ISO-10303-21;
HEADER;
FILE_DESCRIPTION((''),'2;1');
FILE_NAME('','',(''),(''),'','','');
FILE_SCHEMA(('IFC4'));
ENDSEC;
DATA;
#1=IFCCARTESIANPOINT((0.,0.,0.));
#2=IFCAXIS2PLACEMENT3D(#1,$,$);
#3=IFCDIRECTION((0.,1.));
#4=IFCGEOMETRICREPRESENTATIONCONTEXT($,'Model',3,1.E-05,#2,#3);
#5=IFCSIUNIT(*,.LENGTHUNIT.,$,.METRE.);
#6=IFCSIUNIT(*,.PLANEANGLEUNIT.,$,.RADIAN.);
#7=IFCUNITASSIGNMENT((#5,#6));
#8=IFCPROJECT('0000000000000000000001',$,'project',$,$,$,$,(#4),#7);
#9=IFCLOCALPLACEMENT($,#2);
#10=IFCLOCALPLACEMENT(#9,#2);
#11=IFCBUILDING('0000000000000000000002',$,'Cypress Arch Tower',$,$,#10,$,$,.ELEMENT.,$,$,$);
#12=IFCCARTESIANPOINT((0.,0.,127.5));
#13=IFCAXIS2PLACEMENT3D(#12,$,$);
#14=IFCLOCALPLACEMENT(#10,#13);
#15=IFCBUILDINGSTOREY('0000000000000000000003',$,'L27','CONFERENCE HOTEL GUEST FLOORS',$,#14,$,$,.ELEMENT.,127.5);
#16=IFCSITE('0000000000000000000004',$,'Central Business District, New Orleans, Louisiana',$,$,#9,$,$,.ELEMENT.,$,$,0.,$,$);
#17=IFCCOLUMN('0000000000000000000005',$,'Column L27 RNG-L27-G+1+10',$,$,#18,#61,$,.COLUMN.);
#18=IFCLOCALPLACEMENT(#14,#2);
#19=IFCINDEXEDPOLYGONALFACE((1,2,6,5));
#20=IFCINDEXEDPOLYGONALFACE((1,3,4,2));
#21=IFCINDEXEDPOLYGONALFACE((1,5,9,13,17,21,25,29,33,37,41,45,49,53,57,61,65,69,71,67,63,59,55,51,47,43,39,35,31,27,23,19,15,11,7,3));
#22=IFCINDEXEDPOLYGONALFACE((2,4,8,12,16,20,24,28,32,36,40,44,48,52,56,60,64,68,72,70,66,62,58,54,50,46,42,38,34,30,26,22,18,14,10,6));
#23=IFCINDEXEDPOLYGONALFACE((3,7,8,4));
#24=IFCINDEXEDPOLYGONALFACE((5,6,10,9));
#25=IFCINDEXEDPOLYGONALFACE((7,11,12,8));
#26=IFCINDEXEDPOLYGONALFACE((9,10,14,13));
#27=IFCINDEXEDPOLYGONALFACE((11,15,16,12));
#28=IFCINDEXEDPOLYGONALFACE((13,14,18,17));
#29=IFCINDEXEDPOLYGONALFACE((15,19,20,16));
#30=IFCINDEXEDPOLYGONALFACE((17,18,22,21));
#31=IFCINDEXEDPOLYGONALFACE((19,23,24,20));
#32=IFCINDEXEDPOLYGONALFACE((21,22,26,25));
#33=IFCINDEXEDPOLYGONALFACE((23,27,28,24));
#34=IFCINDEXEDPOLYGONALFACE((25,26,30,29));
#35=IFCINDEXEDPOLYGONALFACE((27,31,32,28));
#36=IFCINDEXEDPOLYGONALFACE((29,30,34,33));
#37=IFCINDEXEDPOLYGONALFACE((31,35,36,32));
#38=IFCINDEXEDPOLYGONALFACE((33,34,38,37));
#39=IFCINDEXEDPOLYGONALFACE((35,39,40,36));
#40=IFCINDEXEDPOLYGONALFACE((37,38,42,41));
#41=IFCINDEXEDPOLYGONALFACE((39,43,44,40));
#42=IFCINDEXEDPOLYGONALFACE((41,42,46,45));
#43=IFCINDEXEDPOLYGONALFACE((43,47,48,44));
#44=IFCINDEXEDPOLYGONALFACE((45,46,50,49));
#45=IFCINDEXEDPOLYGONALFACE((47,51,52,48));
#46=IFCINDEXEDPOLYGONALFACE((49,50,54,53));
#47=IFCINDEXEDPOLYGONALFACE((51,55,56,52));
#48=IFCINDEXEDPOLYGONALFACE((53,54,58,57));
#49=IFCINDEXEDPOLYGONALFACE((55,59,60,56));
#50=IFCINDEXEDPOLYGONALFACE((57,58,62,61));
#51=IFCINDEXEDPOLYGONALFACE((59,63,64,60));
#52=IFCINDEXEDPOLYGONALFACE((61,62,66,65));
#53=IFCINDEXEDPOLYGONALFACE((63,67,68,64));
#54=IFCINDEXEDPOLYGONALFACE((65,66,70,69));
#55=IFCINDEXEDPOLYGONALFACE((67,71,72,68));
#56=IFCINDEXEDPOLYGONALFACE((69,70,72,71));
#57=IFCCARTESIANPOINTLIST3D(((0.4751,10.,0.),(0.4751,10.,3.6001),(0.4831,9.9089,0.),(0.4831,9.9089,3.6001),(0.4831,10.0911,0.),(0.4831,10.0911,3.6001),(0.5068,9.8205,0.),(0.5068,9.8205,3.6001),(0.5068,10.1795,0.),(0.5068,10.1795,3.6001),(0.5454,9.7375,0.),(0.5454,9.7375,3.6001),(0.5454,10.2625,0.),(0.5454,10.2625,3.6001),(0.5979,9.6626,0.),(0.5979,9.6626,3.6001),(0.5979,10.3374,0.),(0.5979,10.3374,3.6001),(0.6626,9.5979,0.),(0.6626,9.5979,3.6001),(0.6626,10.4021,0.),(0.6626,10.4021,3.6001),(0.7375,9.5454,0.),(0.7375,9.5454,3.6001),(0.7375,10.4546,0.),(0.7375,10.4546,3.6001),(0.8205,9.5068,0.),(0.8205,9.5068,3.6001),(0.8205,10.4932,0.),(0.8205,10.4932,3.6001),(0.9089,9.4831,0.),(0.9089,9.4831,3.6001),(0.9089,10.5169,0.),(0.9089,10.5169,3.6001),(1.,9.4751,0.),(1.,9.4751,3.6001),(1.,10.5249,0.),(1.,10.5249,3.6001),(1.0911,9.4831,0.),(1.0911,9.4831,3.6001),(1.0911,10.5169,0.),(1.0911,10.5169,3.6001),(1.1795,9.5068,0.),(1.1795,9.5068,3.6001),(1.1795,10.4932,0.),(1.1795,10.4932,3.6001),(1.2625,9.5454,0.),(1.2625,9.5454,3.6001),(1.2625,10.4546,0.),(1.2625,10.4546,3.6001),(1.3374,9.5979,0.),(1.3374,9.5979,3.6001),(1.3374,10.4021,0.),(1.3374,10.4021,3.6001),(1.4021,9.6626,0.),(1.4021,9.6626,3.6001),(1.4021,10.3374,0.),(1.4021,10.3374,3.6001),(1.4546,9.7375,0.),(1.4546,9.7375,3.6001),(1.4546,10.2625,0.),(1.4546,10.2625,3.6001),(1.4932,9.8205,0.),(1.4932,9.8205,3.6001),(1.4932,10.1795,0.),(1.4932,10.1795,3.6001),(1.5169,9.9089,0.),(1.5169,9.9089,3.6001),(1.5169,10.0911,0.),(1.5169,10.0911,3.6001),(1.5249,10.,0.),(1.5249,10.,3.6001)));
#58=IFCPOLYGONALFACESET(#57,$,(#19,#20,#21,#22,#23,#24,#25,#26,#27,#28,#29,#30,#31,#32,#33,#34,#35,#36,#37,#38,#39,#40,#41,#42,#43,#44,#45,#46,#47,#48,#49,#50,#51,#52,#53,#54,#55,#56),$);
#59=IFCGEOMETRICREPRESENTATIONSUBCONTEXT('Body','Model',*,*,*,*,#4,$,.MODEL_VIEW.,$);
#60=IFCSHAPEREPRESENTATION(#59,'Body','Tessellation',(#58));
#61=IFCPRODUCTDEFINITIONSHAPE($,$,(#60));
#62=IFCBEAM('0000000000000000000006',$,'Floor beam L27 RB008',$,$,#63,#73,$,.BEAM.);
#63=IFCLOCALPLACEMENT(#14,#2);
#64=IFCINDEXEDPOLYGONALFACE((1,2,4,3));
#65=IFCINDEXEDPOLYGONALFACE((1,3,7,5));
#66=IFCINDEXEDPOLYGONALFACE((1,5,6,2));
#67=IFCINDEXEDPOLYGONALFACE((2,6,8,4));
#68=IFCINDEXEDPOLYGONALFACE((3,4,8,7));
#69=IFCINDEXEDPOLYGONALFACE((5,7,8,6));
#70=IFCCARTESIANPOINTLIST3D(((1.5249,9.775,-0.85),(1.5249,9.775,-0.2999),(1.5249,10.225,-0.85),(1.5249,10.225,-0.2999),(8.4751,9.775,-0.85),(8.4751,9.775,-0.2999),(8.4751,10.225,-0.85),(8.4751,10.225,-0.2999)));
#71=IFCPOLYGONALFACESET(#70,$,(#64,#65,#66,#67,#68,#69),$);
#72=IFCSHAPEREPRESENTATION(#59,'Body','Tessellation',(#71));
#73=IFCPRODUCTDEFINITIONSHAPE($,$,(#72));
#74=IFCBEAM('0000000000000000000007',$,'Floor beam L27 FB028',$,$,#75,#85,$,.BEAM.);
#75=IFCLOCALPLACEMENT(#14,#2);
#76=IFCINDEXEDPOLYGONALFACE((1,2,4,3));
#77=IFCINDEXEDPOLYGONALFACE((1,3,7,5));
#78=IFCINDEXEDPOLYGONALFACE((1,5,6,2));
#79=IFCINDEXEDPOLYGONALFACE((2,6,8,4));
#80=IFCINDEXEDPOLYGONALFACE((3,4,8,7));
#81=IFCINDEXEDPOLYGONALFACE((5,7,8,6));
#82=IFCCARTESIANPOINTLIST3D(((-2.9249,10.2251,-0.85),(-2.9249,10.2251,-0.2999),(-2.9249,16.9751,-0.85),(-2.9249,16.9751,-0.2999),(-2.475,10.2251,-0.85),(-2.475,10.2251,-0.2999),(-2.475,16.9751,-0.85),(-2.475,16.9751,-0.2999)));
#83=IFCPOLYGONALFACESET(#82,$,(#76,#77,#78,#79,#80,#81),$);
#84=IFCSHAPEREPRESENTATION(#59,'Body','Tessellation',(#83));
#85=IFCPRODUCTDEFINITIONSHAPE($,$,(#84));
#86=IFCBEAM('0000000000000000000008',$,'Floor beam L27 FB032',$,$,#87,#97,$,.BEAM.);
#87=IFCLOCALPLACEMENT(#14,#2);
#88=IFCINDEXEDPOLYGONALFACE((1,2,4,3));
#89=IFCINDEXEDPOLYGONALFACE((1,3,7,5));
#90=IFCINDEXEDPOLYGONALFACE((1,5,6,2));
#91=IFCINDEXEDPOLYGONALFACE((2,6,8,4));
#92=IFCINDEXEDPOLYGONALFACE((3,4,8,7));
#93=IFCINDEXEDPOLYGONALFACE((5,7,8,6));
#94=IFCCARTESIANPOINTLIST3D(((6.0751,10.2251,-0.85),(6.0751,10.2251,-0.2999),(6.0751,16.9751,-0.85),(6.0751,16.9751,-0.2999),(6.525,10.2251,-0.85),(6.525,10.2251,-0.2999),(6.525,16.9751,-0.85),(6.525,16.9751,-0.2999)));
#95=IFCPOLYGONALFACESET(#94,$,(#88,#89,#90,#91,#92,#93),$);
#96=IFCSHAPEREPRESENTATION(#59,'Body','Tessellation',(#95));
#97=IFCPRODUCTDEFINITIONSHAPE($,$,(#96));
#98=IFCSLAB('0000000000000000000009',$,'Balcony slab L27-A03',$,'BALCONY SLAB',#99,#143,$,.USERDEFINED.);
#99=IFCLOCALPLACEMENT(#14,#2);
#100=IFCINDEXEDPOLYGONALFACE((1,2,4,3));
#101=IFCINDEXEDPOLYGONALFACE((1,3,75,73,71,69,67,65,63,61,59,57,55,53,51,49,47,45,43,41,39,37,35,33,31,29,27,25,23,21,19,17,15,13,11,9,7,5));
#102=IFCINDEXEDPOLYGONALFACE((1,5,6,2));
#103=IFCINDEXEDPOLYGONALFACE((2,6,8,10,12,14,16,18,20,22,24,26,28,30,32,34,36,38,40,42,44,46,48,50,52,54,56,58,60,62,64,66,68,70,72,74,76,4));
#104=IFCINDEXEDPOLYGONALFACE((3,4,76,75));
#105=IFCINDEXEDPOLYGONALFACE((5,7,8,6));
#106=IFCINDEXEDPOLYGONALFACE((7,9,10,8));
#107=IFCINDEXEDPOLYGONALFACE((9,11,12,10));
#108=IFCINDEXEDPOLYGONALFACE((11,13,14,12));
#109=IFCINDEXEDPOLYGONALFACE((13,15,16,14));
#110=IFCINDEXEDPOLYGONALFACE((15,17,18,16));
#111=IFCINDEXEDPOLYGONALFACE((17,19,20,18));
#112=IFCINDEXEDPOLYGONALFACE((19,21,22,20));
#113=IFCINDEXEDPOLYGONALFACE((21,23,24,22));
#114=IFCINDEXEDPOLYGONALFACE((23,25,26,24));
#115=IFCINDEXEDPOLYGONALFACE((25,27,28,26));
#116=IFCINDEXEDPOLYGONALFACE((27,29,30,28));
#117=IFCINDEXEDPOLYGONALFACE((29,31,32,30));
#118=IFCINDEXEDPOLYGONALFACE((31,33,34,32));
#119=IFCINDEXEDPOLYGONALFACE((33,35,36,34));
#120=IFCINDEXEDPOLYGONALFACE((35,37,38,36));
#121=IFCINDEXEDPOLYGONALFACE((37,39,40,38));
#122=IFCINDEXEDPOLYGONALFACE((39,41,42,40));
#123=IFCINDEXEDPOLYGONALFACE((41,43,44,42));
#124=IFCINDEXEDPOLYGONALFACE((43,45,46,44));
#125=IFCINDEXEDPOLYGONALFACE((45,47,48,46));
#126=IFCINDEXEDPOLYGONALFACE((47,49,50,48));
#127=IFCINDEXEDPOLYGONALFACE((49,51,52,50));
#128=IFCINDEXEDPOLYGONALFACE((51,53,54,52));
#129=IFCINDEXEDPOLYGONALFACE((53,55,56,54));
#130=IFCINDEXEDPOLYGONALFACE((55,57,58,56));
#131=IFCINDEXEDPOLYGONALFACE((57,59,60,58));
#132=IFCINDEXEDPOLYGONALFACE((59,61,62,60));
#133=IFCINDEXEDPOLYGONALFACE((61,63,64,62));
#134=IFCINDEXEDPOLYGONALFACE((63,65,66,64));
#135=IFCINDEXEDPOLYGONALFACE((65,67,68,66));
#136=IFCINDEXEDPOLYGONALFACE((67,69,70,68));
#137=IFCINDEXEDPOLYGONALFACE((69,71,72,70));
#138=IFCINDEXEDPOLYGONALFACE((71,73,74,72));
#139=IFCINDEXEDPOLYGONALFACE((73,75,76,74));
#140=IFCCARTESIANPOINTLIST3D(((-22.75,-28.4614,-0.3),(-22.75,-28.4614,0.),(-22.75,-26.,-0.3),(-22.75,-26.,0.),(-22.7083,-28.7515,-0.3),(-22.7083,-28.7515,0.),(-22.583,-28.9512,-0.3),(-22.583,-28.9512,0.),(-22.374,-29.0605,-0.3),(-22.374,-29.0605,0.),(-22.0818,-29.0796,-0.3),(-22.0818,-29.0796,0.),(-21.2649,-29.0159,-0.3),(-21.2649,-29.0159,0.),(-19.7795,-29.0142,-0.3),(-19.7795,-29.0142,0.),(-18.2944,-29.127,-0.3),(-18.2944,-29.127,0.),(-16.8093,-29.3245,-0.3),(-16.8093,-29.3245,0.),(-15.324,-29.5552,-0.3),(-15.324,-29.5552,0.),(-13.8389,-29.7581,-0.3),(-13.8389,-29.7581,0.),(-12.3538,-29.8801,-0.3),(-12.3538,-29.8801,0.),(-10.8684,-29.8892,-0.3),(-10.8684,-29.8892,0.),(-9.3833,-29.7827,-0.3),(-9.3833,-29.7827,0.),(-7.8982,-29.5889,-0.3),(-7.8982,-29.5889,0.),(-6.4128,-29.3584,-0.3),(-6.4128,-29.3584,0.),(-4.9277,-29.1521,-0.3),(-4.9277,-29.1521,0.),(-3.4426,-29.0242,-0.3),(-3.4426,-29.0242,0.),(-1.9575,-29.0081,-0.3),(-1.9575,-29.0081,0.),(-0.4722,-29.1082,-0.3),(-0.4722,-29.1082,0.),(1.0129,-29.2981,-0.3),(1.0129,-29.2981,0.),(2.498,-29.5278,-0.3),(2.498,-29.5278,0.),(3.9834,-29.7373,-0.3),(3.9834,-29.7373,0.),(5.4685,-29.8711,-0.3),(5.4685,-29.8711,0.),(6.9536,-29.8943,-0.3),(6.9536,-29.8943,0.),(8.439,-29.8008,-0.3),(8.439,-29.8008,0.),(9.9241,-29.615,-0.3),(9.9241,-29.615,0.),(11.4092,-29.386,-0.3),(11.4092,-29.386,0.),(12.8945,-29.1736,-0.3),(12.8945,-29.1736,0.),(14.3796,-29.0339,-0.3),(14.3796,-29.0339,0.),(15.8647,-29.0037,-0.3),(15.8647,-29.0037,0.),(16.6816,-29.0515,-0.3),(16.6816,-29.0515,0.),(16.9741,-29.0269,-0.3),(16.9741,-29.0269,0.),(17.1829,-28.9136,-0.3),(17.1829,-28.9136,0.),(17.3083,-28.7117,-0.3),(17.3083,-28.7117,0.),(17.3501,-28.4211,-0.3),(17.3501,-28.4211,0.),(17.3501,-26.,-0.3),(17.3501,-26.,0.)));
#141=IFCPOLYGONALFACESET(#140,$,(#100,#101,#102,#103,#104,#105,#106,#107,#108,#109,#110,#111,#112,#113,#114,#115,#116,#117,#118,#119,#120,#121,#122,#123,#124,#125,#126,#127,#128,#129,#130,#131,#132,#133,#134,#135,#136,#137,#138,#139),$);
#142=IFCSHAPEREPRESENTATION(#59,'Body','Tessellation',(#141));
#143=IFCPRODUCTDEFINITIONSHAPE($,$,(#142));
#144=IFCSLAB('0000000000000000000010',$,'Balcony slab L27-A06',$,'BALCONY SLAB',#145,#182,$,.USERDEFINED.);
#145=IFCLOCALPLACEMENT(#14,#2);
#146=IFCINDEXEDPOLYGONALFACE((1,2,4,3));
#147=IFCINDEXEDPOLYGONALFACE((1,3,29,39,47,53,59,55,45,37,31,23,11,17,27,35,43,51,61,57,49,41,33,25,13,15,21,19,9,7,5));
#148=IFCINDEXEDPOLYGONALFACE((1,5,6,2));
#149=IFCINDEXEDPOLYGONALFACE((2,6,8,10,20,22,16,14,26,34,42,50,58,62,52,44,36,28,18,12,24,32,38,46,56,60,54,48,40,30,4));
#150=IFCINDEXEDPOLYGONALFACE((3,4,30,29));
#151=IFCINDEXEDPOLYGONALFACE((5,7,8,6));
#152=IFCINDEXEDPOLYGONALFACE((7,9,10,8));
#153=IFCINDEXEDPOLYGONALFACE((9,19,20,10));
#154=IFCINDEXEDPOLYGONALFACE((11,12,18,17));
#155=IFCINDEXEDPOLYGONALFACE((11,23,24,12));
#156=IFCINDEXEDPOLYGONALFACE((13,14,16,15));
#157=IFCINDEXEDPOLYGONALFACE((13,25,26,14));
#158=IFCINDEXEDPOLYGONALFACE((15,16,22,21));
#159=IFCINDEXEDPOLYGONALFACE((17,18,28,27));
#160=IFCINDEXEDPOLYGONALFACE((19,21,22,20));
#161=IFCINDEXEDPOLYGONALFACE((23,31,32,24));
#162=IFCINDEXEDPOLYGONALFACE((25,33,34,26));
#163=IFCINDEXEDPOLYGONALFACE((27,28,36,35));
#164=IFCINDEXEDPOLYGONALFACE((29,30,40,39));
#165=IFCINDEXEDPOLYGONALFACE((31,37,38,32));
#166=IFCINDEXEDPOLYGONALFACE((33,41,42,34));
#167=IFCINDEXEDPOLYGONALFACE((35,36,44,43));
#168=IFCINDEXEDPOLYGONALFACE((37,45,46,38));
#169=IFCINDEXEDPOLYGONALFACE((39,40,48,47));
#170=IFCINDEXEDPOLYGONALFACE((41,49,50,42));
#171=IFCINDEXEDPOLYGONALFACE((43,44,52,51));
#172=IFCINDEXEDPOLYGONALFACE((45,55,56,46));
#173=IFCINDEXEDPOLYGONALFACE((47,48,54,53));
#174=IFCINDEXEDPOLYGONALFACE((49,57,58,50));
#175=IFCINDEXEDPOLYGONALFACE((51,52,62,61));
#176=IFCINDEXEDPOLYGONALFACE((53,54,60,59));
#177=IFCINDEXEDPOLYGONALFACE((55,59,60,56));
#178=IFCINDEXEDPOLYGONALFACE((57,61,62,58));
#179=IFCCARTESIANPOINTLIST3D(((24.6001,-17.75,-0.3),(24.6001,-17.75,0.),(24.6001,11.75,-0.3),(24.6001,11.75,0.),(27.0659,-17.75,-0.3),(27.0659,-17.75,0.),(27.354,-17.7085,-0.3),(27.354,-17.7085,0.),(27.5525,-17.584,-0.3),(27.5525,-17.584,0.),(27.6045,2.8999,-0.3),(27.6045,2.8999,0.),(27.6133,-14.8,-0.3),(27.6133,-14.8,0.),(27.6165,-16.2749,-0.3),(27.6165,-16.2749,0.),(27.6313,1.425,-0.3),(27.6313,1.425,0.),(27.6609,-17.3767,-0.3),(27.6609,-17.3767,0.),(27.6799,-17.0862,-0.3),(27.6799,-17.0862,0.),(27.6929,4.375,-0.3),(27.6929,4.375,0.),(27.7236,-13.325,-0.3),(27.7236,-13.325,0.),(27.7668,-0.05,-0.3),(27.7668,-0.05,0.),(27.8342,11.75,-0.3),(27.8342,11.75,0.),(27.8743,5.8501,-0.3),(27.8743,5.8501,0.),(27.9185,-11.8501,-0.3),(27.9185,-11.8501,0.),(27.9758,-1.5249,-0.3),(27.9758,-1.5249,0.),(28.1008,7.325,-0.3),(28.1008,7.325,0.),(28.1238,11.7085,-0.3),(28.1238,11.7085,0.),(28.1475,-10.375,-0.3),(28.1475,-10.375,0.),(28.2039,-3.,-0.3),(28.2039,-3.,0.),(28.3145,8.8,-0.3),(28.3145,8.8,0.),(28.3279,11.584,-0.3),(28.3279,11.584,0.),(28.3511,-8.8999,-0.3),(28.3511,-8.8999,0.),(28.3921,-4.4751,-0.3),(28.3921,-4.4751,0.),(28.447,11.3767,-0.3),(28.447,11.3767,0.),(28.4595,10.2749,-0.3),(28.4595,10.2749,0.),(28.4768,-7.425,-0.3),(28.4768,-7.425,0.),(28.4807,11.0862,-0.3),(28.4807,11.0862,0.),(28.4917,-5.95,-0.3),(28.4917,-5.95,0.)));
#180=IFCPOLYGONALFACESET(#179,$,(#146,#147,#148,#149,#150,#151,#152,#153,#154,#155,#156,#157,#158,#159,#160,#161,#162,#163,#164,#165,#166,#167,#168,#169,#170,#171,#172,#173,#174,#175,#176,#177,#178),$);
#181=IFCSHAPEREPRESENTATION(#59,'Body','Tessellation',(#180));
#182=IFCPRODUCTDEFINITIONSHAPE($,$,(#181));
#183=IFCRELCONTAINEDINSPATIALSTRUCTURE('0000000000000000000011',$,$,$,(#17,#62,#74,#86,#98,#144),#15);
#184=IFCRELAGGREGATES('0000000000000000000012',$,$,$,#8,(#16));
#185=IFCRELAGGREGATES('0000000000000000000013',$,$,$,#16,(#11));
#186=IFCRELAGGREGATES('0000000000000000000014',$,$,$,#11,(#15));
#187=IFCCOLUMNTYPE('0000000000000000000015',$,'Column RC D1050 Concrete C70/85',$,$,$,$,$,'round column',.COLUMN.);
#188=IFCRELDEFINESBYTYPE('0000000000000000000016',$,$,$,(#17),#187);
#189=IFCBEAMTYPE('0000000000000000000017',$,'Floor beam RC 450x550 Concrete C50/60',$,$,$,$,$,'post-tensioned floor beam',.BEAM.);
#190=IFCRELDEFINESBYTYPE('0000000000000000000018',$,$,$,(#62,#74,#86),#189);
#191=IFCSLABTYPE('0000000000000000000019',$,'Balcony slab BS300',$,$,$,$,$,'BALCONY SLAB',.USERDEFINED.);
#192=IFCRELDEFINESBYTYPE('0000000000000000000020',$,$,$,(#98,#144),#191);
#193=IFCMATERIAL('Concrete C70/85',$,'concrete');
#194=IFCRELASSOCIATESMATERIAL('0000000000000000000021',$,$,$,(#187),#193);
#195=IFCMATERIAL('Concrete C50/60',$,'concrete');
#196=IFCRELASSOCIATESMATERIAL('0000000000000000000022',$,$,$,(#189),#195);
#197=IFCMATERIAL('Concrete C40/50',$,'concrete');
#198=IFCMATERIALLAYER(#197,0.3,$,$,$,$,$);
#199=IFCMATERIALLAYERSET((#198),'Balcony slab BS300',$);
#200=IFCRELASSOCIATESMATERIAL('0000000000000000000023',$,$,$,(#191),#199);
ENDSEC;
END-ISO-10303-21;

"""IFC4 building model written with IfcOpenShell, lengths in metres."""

from ifc_helpers import new_model, si_unit, direction, frame, origin, origin_2d, place, context, subcontext, project, spatial, polyline, rectangle, circle, outline, extrude, material, layer, layer_set, material_profile, profile_set, type_object, element, save


model = new_model("IFC4")

# Units and contexts
model_context = context("Model", 3, precision=1e-05, world=origin(), true_north=direction((0.0, 1.0)))
body_context = subcontext(model_context, "Body", "Model", "MODEL_VIEW")
ifc_project = project(units=[si_unit("LENGTHUNIT", "METRE"), si_unit("PLANEANGLEUNIT", "RADIAN")], contexts=[model_context])

# Site, building, storey
site_placement = place(None, origin())
site = spatial("IfcSite", under=ifc_project, at=site_placement, Name="Central Business District, New Orleans, Louisiana", CompositionType="ELEMENT", RefElevation=0.0)
building_placement = place(site_placement, origin())
building = spatial("IfcBuilding", under=site, at=building_placement, Name="Cypress Arch Tower", CompositionType="ELEMENT")
storey_placement = place(building_placement, frame((0.0, 0.0, 127.5)))
storey = spatial("IfcBuildingStorey", under=building, at=storey_placement, Name="L27", Description="CONFERENCE HOTEL GUEST FLOORS", CompositionType="ELEMENT", Elevation=127.5)

# Column
ifc_material_1 = material(Name="Concrete C70/85", Category="concrete")
ifc_material_profile_1 = material_profile(ifc_material_1, circle(Radius=0.5249, at=origin_2d()), Name="RC D1050")
ifc_profile_set_1 = profile_set([ifc_material_profile_1], Name="Concrete C70/85")
column_type = type_object("IfcColumnType", Name="Column RC D1050 Concrete C70/85", ElementType="round column", PredefinedType="COLUMN", material=ifc_profile_set_1)
column_placement = place(storey_placement, frame((1.0, 10.0, 0.0), z_axis=(0.0, 0.0, 1.0), x_axis=(1.0, 0.0, 0.0)))
element("IfcColumn", 1, at=column_placement, inside=storey, type_object=column_type, Name="Column L27 RNG-L27-G+1+10", PredefinedType="COLUMN", context=body_context, shape_type="SweptSolid", body=[
    extrude(circle(Radius=0.5249, at=origin_2d()), origin(), (0.0, 0.0, 1.0), 3.6001),
])

# Beams
ifc_material_2 = material(Name="Concrete C50/60", Category="concrete")
ifc_material_profile_2 = material_profile(ifc_material_2, rectangle(XDim=0.45, YDim=0.55, at=origin_2d()), Name="RC 450x550")
ifc_profile_set_2 = profile_set([ifc_material_profile_2], Name="Concrete C50/60")
beam_type = type_object("IfcBeamType", Name="Floor beam RC 450x550 Concrete C50/60", ElementType="post-tensioned floor beam", PredefinedType="BEAM", material=ifc_profile_set_2)
beam_placement = place(storey_placement, frame((1.5249, 10.0, -0.575), z_axis=(1.0, 0.0, 0.0), x_axis=(0.0, 1.0, 0.0)))
element("IfcBeam", 2, at=beam_placement, inside=storey, type_object=beam_type, Name="Floor beam L27 RB008", PredefinedType="BEAM", context=body_context, shape_type="SweptSolid", body=[
    extrude(rectangle(XDim=0.45, YDim=0.55, at=origin_2d()), origin(), (0.0, 0.0, 1.0), 6.9502),
])
for number, where, z_axis, x_axis, name in (
    (3, (-2.7, 10.2251, -0.575), (0.0, 1.0, 0.0), (-1.0, 0.0, 0.0), "Floor beam L27 FB028"),
    (4, (6.3, 10.2251, -0.575), (0.0, 1.0, 0.0), (-1.0, 0.0, 0.0), "Floor beam L27 FB032"),
):
    element("IfcBeam", number, at=place(storey_placement, frame(where, z_axis=z_axis, x_axis=x_axis)), inside=storey, type_object=beam_type, Name=name, PredefinedType="BEAM", context=body_context, shape_type="SweptSolid", body=[
        extrude(rectangle(XDim=0.45, YDim=0.55, at=origin_2d()), origin(), (0.0, 0.0, 1.0), 6.75),
    ])

# Slabs
ifc_material_3 = material(Name="Concrete C40/50", Category="concrete")
ifc_layer_1 = layer(ifc_material_3, 0.3)
ifc_layer_set_1 = layer_set([ifc_layer_1], Name="Balcony slab BS300")
slab_type_1 = type_object("IfcSlabType", Name="Balcony slab BS300", ElementType="BALCONY SLAB", PredefinedType="USERDEFINED", material=ifc_layer_set_1)
slab_1_placement = place(storey_placement, frame((0.0, 0.0, -0.3)))
element("IfcSlab", 5, at=slab_1_placement, inside=storey, type_object=slab_type_1, Name="Balcony slab L27-A03", ObjectType="BALCONY SLAB", PredefinedType="USERDEFINED", context=body_context, shape_type="SweptSolid", body=[
    extrude(outline(polyline([(-22.75, -26.0), (-22.75, -28.4614), (-22.7083, -28.7515), (-22.583, -28.9512), (-22.374, -29.0605), (-22.0818, -29.0796), (-21.2649, -29.0159), (-19.7795, -29.0142), (-18.2944, -29.127), (-16.8093, -29.3245), (-15.324, -29.5552), (-13.8389, -29.7581), (-12.3538, -29.8801), (-10.8684, -29.8892), (-9.3833, -29.7827), (-7.8982, -29.5889), (-6.4128, -29.3584), (-4.9277, -29.1521), (-3.4426, -29.0242), (-1.9575, -29.0081), (-0.4722, -29.1082), (1.0129, -29.2981), (2.498, -29.5278), (3.9834, -29.7373), (5.4685, -29.8711), (6.9536, -29.8943), (8.439, -29.8008), (9.9241, -29.615), (11.4092, -29.386), (12.8945, -29.1736), (14.3796, -29.0339), (15.8647, -29.0037), (16.6816, -29.0515), (16.9741, -29.0269), (17.1829, -28.9136), (17.3083, -28.7117), (17.3501, -28.4211), (17.3501, -26.0), (-22.75, -26.0)])), origin(), (0.0, 0.0, 1.0), 0.3),
])
slab_2_placement = place(storey_placement, frame((0.0, 0.0, -0.3)))
element("IfcSlab", 6, at=slab_2_placement, inside=storey, type_object=slab_type_1, Name="Balcony slab L27-A06", ObjectType="BALCONY SLAB", PredefinedType="USERDEFINED", context=body_context, shape_type="SweptSolid", body=[
    extrude(outline(polyline([(24.6001, -17.75), (27.0659, -17.75), (27.354, -17.7085), (27.5525, -17.584), (27.6609, -17.3767), (27.6799, -17.0862), (27.6165, -16.2749), (27.6133, -14.8), (27.7236, -13.325), (27.9185, -11.8501), (28.1475, -10.375), (28.3511, -8.8999), (28.4768, -7.425), (28.4917, -5.95), (28.3921, -4.4751), (28.2039, -3.0), (27.9758, -1.5249), (27.7668, -0.05), (27.6313, 1.425), (27.6045, 2.8999), (27.6929, 4.375), (27.8743, 5.8501), (28.1008, 7.325), (28.3145, 8.8), (28.4595, 10.2749), (28.4807, 11.0862), (28.447, 11.3767), (28.3279, 11.584), (28.1238, 11.7085), (27.8342, 11.75), (24.6001, 11.75), (24.6001, -17.75)])), origin(), (0.0, 0.0, 1.0), 0.3),
])

save(model, "model.ifc")
